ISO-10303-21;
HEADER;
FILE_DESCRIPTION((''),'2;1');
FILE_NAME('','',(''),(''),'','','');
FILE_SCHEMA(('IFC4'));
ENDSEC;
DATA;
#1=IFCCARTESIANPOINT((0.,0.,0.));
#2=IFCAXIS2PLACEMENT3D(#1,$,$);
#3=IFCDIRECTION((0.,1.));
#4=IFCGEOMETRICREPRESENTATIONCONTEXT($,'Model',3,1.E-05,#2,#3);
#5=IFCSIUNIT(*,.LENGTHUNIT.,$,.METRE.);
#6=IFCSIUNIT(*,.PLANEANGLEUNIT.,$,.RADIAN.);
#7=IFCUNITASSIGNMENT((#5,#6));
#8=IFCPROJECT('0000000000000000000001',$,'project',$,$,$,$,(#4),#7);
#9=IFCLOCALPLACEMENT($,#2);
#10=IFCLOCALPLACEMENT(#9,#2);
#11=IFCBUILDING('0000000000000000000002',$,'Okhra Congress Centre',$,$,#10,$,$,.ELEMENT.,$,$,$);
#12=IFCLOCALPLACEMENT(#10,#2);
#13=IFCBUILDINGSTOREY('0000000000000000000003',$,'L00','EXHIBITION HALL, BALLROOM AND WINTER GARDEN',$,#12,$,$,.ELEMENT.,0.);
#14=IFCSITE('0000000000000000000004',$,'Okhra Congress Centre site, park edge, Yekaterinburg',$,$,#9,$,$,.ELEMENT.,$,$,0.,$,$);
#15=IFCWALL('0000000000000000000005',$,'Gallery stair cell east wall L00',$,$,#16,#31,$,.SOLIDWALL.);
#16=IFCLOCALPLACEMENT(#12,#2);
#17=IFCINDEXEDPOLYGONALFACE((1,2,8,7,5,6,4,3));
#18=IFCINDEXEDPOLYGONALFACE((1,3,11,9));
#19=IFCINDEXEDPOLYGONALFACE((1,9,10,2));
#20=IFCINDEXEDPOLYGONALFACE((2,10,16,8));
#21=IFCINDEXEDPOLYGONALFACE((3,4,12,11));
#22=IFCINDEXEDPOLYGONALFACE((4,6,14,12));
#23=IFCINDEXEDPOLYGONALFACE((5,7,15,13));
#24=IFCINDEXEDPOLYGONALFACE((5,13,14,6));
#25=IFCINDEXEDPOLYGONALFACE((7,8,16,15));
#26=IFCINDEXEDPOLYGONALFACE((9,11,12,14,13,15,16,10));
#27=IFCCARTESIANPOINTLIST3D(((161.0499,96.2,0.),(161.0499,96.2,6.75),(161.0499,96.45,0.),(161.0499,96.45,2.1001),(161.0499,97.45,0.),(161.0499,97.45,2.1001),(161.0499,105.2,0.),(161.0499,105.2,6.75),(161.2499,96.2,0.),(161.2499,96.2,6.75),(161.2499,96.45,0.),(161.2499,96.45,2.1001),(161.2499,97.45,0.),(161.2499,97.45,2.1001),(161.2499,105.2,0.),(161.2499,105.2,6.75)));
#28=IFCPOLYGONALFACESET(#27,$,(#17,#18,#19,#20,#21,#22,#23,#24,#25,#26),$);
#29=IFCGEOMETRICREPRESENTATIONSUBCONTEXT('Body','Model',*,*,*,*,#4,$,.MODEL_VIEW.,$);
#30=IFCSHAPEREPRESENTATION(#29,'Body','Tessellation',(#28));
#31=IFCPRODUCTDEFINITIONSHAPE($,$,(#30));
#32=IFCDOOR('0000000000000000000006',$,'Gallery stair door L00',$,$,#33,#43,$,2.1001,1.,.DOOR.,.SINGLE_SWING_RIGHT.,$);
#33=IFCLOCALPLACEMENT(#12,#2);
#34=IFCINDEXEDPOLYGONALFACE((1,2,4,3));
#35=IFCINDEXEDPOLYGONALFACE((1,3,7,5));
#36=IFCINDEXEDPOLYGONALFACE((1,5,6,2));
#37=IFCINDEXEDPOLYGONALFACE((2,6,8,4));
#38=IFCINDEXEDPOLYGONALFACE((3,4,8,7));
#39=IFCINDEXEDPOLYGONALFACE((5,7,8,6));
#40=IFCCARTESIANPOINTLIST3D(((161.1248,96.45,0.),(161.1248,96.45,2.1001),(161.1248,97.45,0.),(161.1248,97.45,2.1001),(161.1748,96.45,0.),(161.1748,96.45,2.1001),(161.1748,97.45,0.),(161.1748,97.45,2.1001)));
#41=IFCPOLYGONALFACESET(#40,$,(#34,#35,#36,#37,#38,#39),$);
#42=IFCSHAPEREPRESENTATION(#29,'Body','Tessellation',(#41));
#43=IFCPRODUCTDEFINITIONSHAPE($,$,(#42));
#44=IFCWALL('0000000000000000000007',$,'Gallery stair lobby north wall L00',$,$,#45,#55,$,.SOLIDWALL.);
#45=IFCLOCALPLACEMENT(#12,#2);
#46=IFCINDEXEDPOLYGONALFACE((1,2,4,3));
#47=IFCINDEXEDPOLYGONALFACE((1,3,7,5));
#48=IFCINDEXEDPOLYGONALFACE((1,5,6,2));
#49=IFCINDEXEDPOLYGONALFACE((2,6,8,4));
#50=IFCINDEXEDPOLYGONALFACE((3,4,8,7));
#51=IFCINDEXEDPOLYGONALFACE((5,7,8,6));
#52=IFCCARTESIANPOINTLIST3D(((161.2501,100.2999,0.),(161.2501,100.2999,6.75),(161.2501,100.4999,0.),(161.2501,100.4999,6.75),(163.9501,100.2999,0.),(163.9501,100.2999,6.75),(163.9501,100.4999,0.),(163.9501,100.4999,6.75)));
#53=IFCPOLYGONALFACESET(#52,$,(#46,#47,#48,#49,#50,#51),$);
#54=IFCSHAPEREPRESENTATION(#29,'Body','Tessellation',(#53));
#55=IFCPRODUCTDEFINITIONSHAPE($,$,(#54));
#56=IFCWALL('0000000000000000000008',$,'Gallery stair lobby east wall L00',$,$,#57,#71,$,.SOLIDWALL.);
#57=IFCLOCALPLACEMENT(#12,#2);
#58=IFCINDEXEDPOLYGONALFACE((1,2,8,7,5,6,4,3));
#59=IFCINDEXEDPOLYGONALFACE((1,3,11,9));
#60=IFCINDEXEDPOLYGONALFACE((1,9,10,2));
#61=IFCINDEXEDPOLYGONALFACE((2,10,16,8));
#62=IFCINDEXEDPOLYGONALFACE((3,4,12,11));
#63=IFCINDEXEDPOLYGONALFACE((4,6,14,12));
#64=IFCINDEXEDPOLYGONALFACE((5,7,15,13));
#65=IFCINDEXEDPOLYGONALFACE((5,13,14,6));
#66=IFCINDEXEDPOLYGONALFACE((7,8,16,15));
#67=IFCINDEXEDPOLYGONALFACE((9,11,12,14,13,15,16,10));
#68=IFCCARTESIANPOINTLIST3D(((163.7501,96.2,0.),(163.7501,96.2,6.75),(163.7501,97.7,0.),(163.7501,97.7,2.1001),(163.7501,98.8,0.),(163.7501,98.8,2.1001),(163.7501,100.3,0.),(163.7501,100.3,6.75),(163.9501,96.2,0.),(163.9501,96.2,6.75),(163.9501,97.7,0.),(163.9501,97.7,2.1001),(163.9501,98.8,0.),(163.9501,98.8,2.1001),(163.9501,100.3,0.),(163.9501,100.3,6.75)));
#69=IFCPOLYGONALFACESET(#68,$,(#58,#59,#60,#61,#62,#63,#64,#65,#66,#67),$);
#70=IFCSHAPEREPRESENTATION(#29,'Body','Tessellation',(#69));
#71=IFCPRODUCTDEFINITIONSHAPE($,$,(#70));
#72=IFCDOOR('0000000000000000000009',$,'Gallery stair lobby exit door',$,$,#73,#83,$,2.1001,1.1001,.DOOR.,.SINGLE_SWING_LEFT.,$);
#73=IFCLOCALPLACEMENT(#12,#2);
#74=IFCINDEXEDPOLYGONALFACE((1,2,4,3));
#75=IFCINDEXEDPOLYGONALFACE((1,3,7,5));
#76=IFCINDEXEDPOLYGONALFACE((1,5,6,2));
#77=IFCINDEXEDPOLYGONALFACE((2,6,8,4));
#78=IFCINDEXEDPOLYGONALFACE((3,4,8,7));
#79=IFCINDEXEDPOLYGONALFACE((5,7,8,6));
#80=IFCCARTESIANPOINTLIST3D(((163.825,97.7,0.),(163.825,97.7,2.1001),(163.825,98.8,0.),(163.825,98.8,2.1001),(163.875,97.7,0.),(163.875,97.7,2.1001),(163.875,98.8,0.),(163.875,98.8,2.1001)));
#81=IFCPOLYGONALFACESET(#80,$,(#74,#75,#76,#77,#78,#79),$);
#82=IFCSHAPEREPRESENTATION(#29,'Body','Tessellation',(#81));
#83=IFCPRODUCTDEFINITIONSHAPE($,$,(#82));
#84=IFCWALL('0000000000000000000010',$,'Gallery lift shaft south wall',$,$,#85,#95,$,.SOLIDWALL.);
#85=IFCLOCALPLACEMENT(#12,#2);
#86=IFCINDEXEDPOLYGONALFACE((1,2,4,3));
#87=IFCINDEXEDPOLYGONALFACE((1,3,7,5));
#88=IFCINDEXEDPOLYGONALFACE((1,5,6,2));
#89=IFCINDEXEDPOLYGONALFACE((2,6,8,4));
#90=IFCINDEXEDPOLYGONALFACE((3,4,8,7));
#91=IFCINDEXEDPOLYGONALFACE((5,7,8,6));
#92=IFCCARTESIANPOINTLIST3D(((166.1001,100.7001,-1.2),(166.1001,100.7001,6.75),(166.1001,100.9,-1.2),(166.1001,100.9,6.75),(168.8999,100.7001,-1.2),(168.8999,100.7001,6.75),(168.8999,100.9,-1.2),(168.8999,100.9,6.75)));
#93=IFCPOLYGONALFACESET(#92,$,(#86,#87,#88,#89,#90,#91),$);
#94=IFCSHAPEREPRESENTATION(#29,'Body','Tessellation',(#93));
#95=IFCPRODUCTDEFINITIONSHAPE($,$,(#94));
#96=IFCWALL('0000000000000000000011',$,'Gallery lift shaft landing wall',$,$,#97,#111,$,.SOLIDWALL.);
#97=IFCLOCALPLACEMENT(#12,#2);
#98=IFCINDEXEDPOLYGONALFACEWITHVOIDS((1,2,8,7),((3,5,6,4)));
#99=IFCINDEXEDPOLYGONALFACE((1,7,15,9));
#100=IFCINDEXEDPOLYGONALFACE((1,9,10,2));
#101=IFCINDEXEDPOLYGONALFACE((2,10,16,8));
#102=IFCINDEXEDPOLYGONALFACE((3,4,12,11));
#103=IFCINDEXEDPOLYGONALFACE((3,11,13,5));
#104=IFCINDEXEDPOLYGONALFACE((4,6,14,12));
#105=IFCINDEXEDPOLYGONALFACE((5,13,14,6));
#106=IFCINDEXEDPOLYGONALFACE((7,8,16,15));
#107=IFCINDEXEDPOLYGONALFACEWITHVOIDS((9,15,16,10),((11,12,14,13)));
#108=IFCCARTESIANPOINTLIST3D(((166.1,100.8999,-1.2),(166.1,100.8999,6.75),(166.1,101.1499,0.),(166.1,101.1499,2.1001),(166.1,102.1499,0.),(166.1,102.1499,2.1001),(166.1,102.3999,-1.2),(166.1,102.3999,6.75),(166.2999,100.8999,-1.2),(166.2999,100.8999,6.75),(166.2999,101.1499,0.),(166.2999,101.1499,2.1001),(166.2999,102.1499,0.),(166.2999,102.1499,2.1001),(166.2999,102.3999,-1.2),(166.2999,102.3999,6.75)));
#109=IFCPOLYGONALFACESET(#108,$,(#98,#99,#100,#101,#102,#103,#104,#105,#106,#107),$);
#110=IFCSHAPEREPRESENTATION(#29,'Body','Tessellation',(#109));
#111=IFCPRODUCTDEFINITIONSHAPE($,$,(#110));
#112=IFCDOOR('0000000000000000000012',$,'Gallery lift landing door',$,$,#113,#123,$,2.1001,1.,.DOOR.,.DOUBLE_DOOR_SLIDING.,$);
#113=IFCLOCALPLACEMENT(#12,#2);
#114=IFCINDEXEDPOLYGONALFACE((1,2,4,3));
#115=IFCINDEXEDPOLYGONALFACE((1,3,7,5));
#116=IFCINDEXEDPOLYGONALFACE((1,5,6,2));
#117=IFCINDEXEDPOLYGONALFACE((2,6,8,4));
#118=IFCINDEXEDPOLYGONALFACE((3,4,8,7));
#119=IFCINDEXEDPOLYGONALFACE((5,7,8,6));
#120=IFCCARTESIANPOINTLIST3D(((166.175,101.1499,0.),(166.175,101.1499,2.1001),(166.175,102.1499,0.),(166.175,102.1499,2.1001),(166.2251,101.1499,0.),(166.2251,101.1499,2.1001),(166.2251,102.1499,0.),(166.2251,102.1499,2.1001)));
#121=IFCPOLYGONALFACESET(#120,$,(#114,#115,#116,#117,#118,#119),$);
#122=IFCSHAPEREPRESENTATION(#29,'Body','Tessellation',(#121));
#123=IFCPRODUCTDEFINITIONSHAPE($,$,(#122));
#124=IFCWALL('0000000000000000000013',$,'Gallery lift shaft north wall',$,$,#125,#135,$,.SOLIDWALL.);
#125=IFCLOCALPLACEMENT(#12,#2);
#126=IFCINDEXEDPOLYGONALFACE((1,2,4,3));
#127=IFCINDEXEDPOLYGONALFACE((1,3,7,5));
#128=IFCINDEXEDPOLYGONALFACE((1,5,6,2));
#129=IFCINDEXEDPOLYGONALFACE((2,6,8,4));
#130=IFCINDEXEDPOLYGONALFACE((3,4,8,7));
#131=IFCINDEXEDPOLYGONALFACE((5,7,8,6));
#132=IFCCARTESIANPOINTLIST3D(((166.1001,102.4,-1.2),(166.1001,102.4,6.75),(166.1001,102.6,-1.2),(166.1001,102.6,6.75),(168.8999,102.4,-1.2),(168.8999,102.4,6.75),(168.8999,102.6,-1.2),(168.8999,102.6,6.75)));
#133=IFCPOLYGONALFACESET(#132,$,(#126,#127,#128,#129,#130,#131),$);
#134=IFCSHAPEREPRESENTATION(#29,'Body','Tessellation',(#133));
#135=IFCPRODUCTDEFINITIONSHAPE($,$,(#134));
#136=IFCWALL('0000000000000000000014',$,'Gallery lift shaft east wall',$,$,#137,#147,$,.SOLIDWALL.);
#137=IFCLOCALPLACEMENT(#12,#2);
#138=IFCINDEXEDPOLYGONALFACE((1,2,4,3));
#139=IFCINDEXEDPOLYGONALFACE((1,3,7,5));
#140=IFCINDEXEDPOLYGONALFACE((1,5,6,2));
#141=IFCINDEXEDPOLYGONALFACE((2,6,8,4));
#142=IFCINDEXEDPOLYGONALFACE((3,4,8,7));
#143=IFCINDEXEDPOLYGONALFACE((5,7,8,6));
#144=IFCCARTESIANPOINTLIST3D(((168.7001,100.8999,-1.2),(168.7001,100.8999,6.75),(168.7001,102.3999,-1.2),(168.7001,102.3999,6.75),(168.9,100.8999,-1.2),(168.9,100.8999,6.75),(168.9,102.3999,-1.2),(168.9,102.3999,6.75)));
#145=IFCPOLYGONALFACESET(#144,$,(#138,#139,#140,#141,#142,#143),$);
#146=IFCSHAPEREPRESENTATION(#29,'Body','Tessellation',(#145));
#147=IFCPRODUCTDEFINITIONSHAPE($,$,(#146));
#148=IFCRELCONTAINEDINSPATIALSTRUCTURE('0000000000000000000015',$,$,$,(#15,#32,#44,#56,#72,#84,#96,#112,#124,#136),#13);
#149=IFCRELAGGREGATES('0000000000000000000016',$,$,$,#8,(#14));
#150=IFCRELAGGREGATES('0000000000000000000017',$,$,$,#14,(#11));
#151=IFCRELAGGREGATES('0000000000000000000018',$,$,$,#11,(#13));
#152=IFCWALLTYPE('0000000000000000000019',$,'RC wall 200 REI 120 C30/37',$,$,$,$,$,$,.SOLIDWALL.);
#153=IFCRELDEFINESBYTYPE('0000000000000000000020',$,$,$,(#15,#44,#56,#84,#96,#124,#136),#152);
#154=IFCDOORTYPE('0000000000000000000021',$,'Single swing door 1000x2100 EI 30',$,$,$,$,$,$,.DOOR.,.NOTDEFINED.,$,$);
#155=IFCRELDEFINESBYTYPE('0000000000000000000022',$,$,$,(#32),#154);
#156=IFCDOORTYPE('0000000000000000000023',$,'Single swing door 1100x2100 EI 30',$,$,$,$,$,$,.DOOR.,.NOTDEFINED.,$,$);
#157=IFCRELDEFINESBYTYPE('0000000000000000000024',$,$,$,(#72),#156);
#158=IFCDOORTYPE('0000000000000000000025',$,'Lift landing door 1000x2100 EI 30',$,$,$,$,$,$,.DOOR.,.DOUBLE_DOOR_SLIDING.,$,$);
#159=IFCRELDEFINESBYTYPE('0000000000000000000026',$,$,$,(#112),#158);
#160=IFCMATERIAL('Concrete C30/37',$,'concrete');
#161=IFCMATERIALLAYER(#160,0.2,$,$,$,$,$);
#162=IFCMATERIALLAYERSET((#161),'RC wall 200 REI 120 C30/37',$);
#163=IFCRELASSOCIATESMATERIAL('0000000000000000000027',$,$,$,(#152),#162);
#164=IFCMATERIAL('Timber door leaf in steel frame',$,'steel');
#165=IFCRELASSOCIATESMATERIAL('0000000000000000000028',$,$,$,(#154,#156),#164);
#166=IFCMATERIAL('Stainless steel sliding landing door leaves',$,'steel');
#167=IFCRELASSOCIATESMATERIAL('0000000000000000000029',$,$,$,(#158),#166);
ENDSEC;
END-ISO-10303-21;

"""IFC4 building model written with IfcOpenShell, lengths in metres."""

from ifc_helpers import new_model, si_unit, direction, frame, frame_2d, origin, place, context, subcontext, project, spatial, rectangle, extrude, material, layer, layer_set, type_object, element, fill, save


model = new_model("IFC4")

# Units and contexts
model_context = context("Model", 3, precision=1e-05, world=origin(), true_north=direction((0.0, 1.0)))
body_context = subcontext(model_context, "Body", "Model", "MODEL_VIEW")
ifc_project = project(units=[si_unit("LENGTHUNIT", "METRE"), si_unit("PLANEANGLEUNIT", "RADIAN")], contexts=[model_context])

# Site, building, storey
site_placement = place(None, origin())
site = spatial("IfcSite", under=ifc_project, at=site_placement, Name="Okhra Congress Centre site, park edge, Yekaterinburg", CompositionType="ELEMENT", RefElevation=0.0)
building_placement = place(site_placement, origin())
building = spatial("IfcBuilding", under=site, at=building_placement, Name="Okhra Congress Centre", CompositionType="ELEMENT")
storey_placement = place(building_placement, origin())
storey = spatial("IfcBuildingStorey", under=building, at=storey_placement, Name="L00", Description="EXHIBITION HALL, BALLROOM AND WINTER GARDEN", CompositionType="ELEMENT", Elevation=0.0)

# Shared definitions
ifc_material_1 = material(Name="Concrete C30/37", Category="concrete")

# Shared definitions
ifc_layer = layer(ifc_material_1, 0.2)
ifc_layer_set = layer_set([ifc_layer], Name="RC wall 200 REI 120 C30/37")
wall_type = type_object("IfcWallType", Name="RC wall 200 REI 120 C30/37", PredefinedType="SOLIDWALL", material=ifc_layer_set)

# Wall, opening, door
wall_1_placement = place(storey_placement, frame((161.1499, 96.2, 0.0), z_axis=(0.0, 0.0, 1.0), x_axis=(0.0, 1.0, 0.0)))
wall_1 = element("IfcWall", 1, at=wall_1_placement, inside=storey, type_object=wall_type, Name="Gallery stair cell east wall L00", PredefinedType="SOLIDWALL", context=body_context, shape_type="SweptSolid", body=[
    extrude(rectangle(XDim=9.0, YDim=0.2, at=frame_2d((4.5, 0.0))), origin(), (0.0, 0.0, 1.0), 6.75),
])
opening_1_placement = place(wall_1_placement, frame((0.25, 0.0, 0.0)))
opening_1 = element("IfcOpeningElement", 2, at=opening_1_placement, cuts=wall_1, PredefinedType="OPENING", context=body_context, shape_type="SweptSolid", body=[
    extrude(rectangle(XDim=1.0, YDim=2.1001, at=frame_2d((0.5, 1.05))), frame((0.0, 0.1099, 0.0), z_axis=(0.0, -1.0, 0.0), x_axis=(1.0, 0.0, 0.0)), (0.0, 0.0, 1.0), 0.22),
])
ifc_material_2 = material(Name="Timber door leaf in steel frame", Category="steel")
door_type_1 = type_object("IfcDoorType", Name="Single swing door 1000x2100 EI 30", OperationType="NOTDEFINED", PredefinedType="DOOR", material=ifc_material_2)
door_1_placement = place(opening_1_placement, frame((1.0, 0.0, 0.0), z_axis=(0.0, 0.0, 1.0), x_axis=(-1.0, 0.0, 0.0)))
door_1 = element("IfcDoor", 3, at=door_1_placement, inside=storey, type_object=door_type_1, Name="Gallery stair door L00", OperationType="SINGLE_SWING_RIGHT", OverallHeight=2.1001, OverallWidth=1.0, PredefinedType="DOOR", context=body_context, shape_type="SweptSolid", body=[
    extrude(rectangle(XDim=1.0, YDim=2.1001, at=frame_2d((0.5, 1.05))), frame((0.0, 0.0249, 0.0), z_axis=(0.0, -1.0, 0.0), x_axis=(1.0, 0.0, 0.0)), (0.0, 0.0, 1.0), 0.05),
])
fill(opening_1, door_1)

# Wall
wall_2_placement = place(storey_placement, frame((161.25, 100.3999, 0.0), z_axis=(0.0, 0.0, 1.0), x_axis=(1.0, 0.0, 0.0)))
element("IfcWall", 4, at=wall_2_placement, inside=storey, type_object=wall_type, Name="Gallery stair lobby north wall L00", PredefinedType="SOLIDWALL", context=body_context, shape_type="SweptSolid", body=[
    extrude(rectangle(XDim=2.7, YDim=0.2, at=frame_2d((1.3501, 0.0))), origin(), (0.0, 0.0, 1.0), 6.75),
])

# Wall, opening, door
wall_3_placement = place(storey_placement, frame((163.8501, 96.2, 0.0), z_axis=(0.0, 0.0, 1.0), x_axis=(0.0, 1.0, 0.0)))
wall_3 = element("IfcWall", 5, at=wall_3_placement, inside=storey, type_object=wall_type, Name="Gallery stair lobby east wall L00", PredefinedType="SOLIDWALL", context=body_context, shape_type="SweptSolid", body=[
    extrude(rectangle(XDim=4.1001, YDim=0.2, at=frame_2d((2.05, 0.0))), origin(), (0.0, 0.0, 1.0), 6.75),
])
opening_2_placement = place(wall_3_placement, frame((1.5, 0.0, 0.0)))
opening_2 = element("IfcOpeningElement", 6, at=opening_2_placement, cuts=wall_3, PredefinedType="OPENING", context=body_context, shape_type="SweptSolid", body=[
    extrude(rectangle(XDim=1.1001, YDim=2.1001, at=frame_2d((0.55, 1.05))), frame((0.0, 0.1099, 0.0), z_axis=(0.0, -1.0, 0.0), x_axis=(1.0, 0.0, 0.0)), (0.0, 0.0, 1.0), 0.22),
])
door_type_2 = type_object("IfcDoorType", Name="Single swing door 1100x2100 EI 30", OperationType="NOTDEFINED", PredefinedType="DOOR", material=ifc_material_2)
door_2_placement = place(opening_2_placement, frame((1.1001, 0.0, 0.0), z_axis=(0.0, 0.0, 1.0), x_axis=(-1.0, 0.0, 0.0)))
door_2 = element("IfcDoor", 7, at=door_2_placement, inside=storey, type_object=door_type_2, Name="Gallery stair lobby exit door", OperationType="SINGLE_SWING_LEFT", OverallHeight=2.1001, OverallWidth=1.1001, PredefinedType="DOOR", context=body_context, shape_type="SweptSolid", body=[
    extrude(rectangle(XDim=1.1001, YDim=2.1001, at=frame_2d((0.55, 1.05))), frame((0.0, 0.0249, 0.0), z_axis=(0.0, -1.0, 0.0), x_axis=(1.0, 0.0, 0.0)), (0.0, 0.0, 1.0), 0.05),
])
fill(opening_2, door_2)

# Wall
wall_4_placement = place(storey_placement, frame((166.1001, 100.8, -1.2), z_axis=(0.0, 0.0, 1.0), x_axis=(1.0, 0.0, 0.0)))
element("IfcWall", 8, at=wall_4_placement, inside=storey, type_object=wall_type, Name="Gallery lift shaft south wall", PredefinedType="SOLIDWALL", context=body_context, shape_type="SweptSolid", body=[
    extrude(rectangle(XDim=2.7998, YDim=0.2, at=frame_2d((1.3999, 0.0))), origin(), (0.0, 0.0, 1.0), 7.95),
])

# Wall, opening, door
wall_5_placement = place(storey_placement, frame((166.2, 100.8999, -1.2), z_axis=(0.0, 0.0, 1.0), x_axis=(0.0, 1.0, 0.0)))
wall_5 = element("IfcWall", 9, at=wall_5_placement, inside=storey, type_object=wall_type, Name="Gallery lift shaft landing wall", PredefinedType="SOLIDWALL", context=body_context, shape_type="SweptSolid", body=[
    extrude(rectangle(XDim=1.5, YDim=0.2, at=frame_2d((0.75, 0.0))), origin(), (0.0, 0.0, 1.0), 7.95),
])
opening_3_placement = place(wall_5_placement, frame((0.25, 0.0, 1.2)))
opening_3 = element("IfcOpeningElement", 10, at=opening_3_placement, cuts=wall_5, PredefinedType="OPENING", context=body_context, shape_type="SweptSolid", body=[
    extrude(rectangle(XDim=1.0, YDim=2.1001, at=frame_2d((0.5, 1.05))), frame((0.0, 0.1099, 0.0), z_axis=(0.0, -1.0, 0.0), x_axis=(1.0, 0.0, 0.0)), (0.0, 0.0, 1.0), 0.22),
])
ifc_material_3 = material(Name="Stainless steel sliding landing door leaves", Category="steel")
door_type_3 = type_object("IfcDoorType", Name="Lift landing door 1000x2100 EI 30", OperationType="DOUBLE_DOOR_SLIDING", PredefinedType="DOOR", material=ifc_material_3)
door_3_placement = place(opening_3_placement, origin())
door_3 = element("IfcDoor", 11, at=door_3_placement, inside=storey, type_object=door_type_3, Name="Gallery lift landing door", OperationType="DOUBLE_DOOR_SLIDING", OverallHeight=2.1001, OverallWidth=1.0, PredefinedType="DOOR", context=body_context, shape_type="SweptSolid", body=[
    extrude(rectangle(XDim=1.0, YDim=2.1001, at=frame_2d((0.5, 1.05))), frame((0.0, 0.0249, 0.0), z_axis=(0.0, -1.0, 0.0), x_axis=(1.0, 0.0, 0.0)), (0.0, 0.0, 1.0), 0.05),
])
fill(opening_3, door_3)

# Walls
wall_6_placement = place(storey_placement, frame((166.1001, 102.5, -1.2), z_axis=(0.0, 0.0, 1.0), x_axis=(1.0, 0.0, 0.0)))
element("IfcWall", 12, at=wall_6_placement, inside=storey, type_object=wall_type, Name="Gallery lift shaft north wall", PredefinedType="SOLIDWALL", context=body_context, shape_type="SweptSolid", body=[
    extrude(rectangle(XDim=2.7998, YDim=0.2, at=frame_2d((1.3999, 0.0))), origin(), (0.0, 0.0, 1.0), 7.95),
])
wall_7_placement = place(storey_placement, frame((168.8, 100.8999, -1.2), z_axis=(0.0, 0.0, 1.0), x_axis=(0.0, 1.0, 0.0)))
element("IfcWall", 13, at=wall_7_placement, inside=storey, type_object=wall_type, Name="Gallery lift shaft east wall", PredefinedType="SOLIDWALL", context=body_context, shape_type="SweptSolid", body=[
    extrude(rectangle(XDim=1.5, YDim=0.2, at=frame_2d((0.75, 0.0))), origin(), (0.0, 0.0, 1.0), 7.95),
])

save(model, "model.ifc")
